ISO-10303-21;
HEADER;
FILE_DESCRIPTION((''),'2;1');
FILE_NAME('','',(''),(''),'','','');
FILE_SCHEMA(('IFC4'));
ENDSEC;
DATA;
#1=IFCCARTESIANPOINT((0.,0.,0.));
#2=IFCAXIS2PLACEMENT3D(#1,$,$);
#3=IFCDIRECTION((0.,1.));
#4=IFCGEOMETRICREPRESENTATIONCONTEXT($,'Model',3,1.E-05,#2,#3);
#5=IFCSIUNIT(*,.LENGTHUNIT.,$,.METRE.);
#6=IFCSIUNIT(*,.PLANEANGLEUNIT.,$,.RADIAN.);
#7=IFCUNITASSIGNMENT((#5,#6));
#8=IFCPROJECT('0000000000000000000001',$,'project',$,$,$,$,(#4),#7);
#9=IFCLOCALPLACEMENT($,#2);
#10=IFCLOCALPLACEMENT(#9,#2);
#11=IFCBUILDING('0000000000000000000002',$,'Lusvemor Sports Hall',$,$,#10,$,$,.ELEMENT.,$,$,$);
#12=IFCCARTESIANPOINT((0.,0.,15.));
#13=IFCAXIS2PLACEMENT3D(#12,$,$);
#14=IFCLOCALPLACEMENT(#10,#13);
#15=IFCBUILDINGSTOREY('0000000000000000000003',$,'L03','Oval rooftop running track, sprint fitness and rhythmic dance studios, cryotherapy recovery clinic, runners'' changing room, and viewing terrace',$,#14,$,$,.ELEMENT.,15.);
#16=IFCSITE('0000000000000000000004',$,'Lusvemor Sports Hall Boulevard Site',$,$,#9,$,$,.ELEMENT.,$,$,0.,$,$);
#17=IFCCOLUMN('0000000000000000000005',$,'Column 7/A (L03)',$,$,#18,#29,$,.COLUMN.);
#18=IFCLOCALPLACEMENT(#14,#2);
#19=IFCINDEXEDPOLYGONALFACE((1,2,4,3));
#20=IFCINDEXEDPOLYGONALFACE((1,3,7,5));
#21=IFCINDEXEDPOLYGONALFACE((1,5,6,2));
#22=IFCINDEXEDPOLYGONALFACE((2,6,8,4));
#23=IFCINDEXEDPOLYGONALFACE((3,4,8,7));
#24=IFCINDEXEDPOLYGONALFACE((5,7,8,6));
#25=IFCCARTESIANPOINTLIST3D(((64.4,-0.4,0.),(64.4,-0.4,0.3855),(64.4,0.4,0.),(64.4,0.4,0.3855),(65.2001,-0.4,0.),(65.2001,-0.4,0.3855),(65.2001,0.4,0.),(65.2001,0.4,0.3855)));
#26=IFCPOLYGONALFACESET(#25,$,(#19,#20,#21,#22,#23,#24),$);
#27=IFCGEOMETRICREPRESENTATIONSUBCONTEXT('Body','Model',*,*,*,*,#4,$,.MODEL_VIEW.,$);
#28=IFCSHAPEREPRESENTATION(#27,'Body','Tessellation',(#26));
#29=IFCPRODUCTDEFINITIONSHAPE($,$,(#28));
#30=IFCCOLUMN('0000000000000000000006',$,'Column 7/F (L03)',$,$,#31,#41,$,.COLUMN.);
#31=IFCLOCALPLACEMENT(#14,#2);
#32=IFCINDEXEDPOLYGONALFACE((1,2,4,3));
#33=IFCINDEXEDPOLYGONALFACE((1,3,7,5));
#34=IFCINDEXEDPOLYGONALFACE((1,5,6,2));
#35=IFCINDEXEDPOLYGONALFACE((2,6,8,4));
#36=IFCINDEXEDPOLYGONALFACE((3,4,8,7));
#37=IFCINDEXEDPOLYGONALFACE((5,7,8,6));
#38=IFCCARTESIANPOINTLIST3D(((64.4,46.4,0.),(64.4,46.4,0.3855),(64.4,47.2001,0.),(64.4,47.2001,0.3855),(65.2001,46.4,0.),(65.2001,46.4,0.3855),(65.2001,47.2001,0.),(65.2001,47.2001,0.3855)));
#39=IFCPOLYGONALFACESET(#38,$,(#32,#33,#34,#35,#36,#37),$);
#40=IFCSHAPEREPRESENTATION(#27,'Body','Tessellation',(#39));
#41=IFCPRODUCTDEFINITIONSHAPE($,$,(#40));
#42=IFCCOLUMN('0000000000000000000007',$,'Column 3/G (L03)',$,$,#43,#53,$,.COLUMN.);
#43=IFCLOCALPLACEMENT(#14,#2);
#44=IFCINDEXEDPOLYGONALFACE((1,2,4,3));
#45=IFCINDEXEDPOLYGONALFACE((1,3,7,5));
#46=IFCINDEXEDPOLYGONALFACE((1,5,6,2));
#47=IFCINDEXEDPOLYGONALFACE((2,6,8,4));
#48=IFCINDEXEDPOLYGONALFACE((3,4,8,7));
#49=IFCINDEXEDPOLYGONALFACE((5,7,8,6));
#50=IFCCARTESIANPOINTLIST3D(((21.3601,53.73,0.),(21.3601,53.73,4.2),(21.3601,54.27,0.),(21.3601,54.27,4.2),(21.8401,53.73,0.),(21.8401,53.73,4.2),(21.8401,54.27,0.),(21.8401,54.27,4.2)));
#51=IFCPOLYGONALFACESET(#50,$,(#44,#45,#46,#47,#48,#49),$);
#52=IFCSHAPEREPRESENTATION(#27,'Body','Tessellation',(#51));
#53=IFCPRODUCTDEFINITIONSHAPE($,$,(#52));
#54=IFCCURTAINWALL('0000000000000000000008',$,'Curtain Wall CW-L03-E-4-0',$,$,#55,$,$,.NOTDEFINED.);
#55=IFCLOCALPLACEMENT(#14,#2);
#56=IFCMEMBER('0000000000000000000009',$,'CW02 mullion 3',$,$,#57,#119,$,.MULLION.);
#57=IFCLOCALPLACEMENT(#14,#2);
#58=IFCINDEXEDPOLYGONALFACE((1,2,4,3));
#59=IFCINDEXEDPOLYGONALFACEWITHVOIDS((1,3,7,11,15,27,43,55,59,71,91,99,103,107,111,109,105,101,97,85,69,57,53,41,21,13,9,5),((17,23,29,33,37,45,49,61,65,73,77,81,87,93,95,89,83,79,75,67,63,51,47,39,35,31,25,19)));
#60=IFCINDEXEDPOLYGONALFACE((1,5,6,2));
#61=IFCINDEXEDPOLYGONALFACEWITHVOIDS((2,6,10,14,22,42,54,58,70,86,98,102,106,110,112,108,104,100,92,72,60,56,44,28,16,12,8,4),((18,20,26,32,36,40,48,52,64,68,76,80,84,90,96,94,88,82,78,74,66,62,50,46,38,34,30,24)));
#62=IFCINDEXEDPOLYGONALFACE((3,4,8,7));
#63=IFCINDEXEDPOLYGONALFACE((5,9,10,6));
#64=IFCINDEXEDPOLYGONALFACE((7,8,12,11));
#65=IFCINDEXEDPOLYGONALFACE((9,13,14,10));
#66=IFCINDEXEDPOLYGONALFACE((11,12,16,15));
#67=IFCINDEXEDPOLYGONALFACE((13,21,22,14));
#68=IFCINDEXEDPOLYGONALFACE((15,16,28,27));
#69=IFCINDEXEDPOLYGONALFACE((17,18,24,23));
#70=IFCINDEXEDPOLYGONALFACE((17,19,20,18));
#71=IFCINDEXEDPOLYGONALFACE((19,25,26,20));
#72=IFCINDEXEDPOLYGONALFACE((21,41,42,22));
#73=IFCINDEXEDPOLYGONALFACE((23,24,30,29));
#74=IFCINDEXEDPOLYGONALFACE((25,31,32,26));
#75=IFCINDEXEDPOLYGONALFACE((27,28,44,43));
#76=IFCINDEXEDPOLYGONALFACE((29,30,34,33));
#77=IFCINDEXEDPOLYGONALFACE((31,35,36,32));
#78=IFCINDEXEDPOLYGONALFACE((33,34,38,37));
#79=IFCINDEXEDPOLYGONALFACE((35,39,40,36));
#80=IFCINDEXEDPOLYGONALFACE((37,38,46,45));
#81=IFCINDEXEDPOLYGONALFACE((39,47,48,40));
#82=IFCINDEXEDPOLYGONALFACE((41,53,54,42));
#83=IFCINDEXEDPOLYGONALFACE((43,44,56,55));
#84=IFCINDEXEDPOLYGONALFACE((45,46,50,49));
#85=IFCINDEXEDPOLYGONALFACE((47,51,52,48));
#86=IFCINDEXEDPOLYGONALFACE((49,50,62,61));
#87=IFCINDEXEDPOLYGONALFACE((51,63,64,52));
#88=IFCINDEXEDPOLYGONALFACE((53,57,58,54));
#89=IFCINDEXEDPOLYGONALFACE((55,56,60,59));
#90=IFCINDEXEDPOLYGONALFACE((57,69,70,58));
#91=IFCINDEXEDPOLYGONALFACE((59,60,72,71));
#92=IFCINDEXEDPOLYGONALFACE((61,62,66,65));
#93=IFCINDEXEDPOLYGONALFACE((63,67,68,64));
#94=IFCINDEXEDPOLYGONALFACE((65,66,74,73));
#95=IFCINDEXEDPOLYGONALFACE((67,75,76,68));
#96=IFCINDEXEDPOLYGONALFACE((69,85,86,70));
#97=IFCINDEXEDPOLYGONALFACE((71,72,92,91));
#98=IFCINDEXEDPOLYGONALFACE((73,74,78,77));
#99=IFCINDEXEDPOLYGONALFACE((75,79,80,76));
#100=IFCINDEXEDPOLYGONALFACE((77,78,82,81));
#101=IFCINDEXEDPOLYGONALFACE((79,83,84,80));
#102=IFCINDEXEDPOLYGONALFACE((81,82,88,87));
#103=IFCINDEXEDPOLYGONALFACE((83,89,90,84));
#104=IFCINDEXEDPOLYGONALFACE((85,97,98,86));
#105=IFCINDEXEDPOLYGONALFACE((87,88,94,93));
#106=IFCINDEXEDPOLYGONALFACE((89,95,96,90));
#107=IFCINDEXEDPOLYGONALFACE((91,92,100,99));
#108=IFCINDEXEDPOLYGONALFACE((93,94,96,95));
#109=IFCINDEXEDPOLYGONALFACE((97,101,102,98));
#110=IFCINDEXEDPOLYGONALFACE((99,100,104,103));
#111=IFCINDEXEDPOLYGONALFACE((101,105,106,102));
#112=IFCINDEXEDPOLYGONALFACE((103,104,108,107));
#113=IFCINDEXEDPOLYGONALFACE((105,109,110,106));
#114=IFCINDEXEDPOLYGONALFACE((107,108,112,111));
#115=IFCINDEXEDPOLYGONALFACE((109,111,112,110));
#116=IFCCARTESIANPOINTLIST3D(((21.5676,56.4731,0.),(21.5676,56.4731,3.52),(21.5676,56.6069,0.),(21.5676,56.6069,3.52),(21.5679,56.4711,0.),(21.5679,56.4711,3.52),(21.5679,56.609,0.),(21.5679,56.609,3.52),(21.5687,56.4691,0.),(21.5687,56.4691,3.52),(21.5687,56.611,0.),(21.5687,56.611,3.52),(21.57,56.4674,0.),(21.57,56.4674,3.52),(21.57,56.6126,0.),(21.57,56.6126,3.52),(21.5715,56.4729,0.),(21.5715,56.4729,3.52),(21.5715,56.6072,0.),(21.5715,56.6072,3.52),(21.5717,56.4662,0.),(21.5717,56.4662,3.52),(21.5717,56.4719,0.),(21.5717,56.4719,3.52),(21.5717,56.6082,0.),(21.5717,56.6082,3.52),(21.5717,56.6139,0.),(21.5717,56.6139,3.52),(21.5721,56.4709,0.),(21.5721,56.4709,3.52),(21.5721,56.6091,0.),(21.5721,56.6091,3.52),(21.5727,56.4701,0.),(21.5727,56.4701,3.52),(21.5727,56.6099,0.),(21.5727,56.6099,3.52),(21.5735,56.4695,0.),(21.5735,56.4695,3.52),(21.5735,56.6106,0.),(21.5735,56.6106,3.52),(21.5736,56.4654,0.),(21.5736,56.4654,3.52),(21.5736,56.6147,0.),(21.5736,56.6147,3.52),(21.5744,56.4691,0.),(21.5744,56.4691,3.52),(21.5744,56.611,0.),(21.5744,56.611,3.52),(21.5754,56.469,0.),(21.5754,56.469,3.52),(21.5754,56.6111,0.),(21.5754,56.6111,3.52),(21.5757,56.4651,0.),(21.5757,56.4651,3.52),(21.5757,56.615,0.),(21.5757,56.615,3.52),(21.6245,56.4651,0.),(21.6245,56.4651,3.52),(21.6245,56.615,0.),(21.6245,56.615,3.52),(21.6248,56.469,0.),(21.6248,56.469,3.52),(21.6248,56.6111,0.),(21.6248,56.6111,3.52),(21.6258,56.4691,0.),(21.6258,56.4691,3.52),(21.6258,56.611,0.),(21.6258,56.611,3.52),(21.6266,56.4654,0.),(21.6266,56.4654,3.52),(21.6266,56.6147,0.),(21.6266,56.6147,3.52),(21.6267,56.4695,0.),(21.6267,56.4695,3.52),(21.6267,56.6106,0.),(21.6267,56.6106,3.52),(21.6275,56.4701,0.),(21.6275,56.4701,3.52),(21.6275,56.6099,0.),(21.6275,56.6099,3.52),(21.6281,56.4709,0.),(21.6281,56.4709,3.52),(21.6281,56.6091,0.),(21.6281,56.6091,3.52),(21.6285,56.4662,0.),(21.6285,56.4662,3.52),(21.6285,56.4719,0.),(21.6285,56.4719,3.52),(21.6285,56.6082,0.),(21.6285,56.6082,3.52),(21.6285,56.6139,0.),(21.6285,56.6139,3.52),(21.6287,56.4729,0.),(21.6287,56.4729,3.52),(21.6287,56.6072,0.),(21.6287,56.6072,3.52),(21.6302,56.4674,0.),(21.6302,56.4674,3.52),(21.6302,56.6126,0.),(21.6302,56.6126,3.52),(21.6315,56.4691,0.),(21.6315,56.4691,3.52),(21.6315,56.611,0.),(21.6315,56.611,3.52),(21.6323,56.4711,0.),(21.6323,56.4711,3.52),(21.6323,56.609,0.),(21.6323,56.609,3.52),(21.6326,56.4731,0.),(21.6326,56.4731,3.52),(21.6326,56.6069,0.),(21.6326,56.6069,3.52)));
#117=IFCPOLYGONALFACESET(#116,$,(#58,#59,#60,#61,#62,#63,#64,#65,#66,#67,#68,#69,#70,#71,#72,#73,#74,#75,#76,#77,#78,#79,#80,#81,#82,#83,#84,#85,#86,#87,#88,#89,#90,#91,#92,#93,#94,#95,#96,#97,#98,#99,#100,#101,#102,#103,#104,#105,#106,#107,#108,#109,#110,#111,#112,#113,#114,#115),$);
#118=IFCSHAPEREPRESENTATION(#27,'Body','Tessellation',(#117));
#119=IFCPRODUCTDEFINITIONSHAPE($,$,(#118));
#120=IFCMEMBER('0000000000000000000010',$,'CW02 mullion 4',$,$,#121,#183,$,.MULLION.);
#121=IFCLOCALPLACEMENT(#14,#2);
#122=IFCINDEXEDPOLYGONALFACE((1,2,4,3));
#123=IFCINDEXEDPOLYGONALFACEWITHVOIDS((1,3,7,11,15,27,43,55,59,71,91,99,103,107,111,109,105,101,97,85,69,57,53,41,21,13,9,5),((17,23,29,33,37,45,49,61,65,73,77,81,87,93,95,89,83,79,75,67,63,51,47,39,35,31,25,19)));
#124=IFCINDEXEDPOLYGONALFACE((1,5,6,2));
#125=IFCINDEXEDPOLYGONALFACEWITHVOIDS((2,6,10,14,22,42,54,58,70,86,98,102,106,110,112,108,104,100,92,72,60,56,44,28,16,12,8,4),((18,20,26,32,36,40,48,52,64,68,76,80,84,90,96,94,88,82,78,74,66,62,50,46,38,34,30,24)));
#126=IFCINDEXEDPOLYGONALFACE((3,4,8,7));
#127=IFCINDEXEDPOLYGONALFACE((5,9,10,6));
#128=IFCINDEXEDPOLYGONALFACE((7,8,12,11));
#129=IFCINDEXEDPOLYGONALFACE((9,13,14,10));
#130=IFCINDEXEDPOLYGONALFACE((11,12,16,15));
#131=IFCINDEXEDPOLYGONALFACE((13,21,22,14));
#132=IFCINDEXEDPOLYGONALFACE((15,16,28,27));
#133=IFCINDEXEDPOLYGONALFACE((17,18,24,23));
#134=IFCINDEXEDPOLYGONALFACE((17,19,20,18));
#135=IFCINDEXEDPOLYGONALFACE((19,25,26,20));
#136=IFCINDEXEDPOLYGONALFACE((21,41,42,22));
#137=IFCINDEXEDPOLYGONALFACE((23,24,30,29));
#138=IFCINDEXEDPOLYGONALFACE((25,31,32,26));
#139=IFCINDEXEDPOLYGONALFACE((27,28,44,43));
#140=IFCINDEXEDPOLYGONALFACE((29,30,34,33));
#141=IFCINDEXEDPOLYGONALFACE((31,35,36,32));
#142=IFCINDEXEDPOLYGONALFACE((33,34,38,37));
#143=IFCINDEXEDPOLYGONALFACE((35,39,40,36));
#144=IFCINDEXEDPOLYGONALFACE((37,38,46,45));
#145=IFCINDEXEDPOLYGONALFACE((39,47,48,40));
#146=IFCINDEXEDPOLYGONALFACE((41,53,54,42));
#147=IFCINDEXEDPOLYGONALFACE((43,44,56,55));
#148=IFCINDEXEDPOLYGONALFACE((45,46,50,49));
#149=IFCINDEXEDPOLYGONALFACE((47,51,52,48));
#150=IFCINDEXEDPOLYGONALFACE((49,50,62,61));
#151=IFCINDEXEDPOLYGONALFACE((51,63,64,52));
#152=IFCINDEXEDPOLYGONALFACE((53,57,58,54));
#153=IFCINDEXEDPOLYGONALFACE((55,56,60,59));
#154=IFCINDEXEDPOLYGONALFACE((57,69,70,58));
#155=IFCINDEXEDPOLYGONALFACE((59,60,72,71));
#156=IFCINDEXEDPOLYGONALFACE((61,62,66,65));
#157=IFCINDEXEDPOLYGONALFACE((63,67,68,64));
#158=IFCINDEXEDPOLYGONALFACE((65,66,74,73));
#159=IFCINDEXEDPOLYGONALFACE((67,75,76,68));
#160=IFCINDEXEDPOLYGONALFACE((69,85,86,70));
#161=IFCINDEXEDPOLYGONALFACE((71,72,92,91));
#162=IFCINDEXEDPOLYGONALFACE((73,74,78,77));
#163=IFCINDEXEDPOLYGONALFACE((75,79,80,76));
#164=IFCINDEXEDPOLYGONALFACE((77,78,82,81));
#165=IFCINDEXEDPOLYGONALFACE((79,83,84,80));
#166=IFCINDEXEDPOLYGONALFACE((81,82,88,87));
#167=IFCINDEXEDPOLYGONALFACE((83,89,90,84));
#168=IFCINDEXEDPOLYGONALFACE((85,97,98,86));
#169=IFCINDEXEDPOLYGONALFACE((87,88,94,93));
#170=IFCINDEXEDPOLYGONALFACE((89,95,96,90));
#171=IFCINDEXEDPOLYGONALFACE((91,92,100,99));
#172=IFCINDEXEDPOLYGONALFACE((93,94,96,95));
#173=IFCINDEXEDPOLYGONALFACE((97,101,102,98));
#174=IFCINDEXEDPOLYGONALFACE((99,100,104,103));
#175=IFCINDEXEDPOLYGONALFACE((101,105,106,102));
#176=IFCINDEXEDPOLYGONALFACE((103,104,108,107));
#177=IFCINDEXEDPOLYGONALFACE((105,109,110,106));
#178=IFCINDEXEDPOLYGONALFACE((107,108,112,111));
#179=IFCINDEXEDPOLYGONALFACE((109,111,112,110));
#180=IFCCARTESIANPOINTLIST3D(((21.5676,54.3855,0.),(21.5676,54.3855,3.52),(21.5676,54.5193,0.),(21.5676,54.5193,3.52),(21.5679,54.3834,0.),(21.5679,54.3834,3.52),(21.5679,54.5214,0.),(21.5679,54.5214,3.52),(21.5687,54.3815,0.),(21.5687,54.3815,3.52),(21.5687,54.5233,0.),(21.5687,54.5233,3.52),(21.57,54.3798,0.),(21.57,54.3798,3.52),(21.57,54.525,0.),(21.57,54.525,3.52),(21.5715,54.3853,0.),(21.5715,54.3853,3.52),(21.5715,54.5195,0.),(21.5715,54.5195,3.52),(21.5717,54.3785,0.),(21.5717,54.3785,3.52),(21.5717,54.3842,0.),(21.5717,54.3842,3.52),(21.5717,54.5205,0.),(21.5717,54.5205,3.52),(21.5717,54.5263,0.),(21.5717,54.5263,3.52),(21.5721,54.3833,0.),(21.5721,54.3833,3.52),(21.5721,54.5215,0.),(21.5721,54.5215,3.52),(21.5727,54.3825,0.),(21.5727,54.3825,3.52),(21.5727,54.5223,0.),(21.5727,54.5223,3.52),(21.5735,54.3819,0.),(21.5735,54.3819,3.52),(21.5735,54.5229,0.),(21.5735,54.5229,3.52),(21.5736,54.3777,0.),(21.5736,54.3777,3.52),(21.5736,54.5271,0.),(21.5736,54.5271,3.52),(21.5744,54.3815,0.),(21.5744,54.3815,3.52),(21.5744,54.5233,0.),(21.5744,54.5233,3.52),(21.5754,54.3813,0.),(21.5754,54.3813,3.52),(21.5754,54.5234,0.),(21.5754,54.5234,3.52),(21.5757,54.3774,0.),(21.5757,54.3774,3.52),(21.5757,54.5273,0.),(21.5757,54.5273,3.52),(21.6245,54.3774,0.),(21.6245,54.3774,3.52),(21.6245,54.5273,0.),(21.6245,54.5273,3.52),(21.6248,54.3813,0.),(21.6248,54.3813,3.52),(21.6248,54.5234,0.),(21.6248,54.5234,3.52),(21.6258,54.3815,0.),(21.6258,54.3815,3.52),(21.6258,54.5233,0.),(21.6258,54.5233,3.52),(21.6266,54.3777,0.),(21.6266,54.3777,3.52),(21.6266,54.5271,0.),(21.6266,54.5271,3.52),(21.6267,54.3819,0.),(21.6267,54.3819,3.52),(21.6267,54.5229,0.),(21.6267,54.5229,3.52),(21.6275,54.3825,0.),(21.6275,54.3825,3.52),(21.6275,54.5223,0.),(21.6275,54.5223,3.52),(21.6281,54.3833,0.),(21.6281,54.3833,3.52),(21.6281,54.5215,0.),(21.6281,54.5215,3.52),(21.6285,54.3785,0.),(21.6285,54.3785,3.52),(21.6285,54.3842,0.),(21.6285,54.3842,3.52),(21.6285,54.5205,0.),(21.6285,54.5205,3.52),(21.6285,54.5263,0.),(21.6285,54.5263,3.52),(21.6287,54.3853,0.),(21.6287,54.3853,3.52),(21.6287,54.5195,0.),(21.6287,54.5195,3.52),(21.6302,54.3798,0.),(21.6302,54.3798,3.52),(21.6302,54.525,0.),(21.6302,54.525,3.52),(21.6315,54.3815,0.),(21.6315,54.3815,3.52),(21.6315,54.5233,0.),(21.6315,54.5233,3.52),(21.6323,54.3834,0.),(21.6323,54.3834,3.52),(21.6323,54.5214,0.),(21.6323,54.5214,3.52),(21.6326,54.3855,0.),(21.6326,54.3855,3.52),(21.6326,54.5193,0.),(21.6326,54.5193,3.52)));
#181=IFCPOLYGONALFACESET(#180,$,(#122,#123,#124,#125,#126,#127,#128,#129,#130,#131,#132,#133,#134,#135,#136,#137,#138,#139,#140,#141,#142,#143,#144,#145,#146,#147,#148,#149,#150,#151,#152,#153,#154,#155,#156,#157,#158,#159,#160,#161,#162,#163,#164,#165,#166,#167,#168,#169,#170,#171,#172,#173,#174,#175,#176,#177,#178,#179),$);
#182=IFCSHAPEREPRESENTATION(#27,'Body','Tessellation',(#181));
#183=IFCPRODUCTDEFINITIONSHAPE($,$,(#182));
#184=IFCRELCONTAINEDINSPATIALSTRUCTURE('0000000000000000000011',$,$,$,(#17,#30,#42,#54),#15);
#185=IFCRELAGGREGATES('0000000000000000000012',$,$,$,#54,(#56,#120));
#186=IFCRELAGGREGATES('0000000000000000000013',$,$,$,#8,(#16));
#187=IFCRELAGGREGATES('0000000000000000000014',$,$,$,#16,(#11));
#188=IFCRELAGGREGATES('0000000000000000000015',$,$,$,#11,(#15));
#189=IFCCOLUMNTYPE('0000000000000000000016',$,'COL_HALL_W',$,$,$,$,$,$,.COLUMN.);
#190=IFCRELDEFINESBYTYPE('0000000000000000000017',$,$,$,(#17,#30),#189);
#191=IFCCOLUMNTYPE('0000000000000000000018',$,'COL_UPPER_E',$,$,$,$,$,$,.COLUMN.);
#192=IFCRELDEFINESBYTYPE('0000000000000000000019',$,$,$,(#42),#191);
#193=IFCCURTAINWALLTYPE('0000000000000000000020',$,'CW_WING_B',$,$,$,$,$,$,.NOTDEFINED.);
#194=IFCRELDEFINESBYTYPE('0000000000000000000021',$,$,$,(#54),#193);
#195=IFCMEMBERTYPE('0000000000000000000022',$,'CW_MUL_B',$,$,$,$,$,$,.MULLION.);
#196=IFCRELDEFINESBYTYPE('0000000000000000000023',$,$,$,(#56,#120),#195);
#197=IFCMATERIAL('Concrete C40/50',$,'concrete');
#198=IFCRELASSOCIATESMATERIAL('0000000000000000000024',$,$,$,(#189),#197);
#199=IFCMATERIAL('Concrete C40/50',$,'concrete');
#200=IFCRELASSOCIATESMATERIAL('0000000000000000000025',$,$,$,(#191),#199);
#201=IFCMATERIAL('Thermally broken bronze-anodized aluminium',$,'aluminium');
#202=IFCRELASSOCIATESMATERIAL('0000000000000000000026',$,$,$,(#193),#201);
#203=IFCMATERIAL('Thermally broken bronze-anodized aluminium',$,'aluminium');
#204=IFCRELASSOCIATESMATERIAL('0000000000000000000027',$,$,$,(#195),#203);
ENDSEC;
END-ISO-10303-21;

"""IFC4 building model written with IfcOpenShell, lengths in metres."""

from ifc_helpers import new_model, si_unit, direction, frame, origin, origin_2d, place, context, subcontext, project, spatial, rectangle, hollow_rectangle, extrude, material, material_profile, profile_set, type_object, element, aggregate, save


model = new_model("IFC4")

# Units and contexts
model_context = context("Model", 3, precision=1e-05, world=origin(), true_north=direction((0.0, 1.0)))
body_context = subcontext(model_context, "Body", "Model", "MODEL_VIEW")
ifc_project = project(units=[si_unit("LENGTHUNIT", "METRE"), si_unit("PLANEANGLEUNIT", "RADIAN")], contexts=[model_context])

# Site, building, storey
site_placement = place(None, origin())
site = spatial("IfcSite", under=ifc_project, at=site_placement, Name="Lusvemor Sports Hall Boulevard Site", CompositionType="ELEMENT", RefElevation=0.0)
building_placement = place(site_placement, origin())
building = spatial("IfcBuilding", under=site, at=building_placement, Name="Lusvemor Sports Hall", CompositionType="ELEMENT")
storey_placement = place(building_placement, frame((0.0, 0.0, 15.0)))
storey = spatial("IfcBuildingStorey", under=building, at=storey_placement, Name="L03", Description="Oval rooftop running track, sprint fitness and rhythmic dance studios, cryotherapy recovery clinic, runners' changing room, and viewing terrace", CompositionType="ELEMENT", Elevation=15.0)

# Columns
ifc_material_1 = material(Name="Concrete C40/50", Category="concrete")
ifc_material_profile_1 = material_profile(ifc_material_1, rectangle(XDim=0.8, YDim=0.8, at=origin_2d()), Name="RC800x800")
ifc_profile_set_1 = profile_set([ifc_material_profile_1], Name="Concrete C40/50")
column_type_1 = type_object("IfcColumnType", Name="COL_HALL_W", PredefinedType="COLUMN", material=ifc_profile_set_1)
for number, where, z_axis, x_axis, name in (
    (1, (64.8, 0.0, 0.0), (0.0, 0.0, 1.0), (1.0, 0.0, 0.0), "Column 7/A (L03)"),
    (2, (64.8, 46.8, 0.0), (0.0, 0.0, 1.0), (1.0, 0.0, 0.0), "Column 7/F (L03)"),
):
    element("IfcColumn", number, at=place(storey_placement, frame(where, z_axis=z_axis, x_axis=x_axis)), inside=storey, type_object=column_type_1, Name=name, PredefinedType="COLUMN", context=body_context, shape_type="SweptSolid", body=[
        extrude(rectangle(XDim=0.8, YDim=0.8, at=origin_2d()), origin(), (0.0, 0.0, 1.0), 0.3855),
    ])
ifc_material_2 = material(Name="Concrete C40/50", Category="concrete")
ifc_material_profile_2 = material_profile(ifc_material_2, rectangle(XDim=0.48, YDim=0.54, at=origin_2d()), Name="RC480x540")
ifc_profile_set_2 = profile_set([ifc_material_profile_2], Name="Concrete C40/50")
column_type_2 = type_object("IfcColumnType", Name="COL_UPPER_E", PredefinedType="COLUMN", material=ifc_profile_set_2)
column_placement = place(storey_placement, frame((21.6001, 54.0, 0.0), z_axis=(0.0, 0.0, 1.0), x_axis=(1.0, 0.0, 0.0)))
element("IfcColumn", 3, at=column_placement, inside=storey, type_object=column_type_2, Name="Column 3/G (L03)", PredefinedType="COLUMN", context=body_context, shape_type="SweptSolid", body=[
    extrude(rectangle(XDim=0.48, YDim=0.54, at=origin_2d()), origin(), (0.0, 0.0, 1.0), 4.2),
])

# Curtain wall, members
ifc_material_3 = material(Name="Thermally broken bronze-anodized aluminium", Category="aluminium")
curtain_wall_type = type_object("IfcCurtainWallType", Name="CW_WING_B", PredefinedType="NOTDEFINED", material=ifc_material_3)
curtain_wall_placement = place(storey_placement, origin())
curtain_wall = element("IfcCurtainWall", 4, at=curtain_wall_placement, inside=storey, type_object=curtain_wall_type, Name="Curtain Wall CW-L03-E-4-0", PredefinedType="NOTDEFINED")
ifc_material_4 = material(Name="Thermally broken bronze-anodized aluminium", Category="aluminium")
ifc_material_profile_3 = material_profile(ifc_material_4, hollow_rectangle(XDim=0.0649, YDim=0.1499, WallThickness=0.0039, InnerFilletRadius=0.0039, OuterFilletRadius=0.0081, at=origin_2d()), Name="CWMUL150x65x4")
ifc_profile_set_3 = profile_set([ifc_material_profile_3], Name="Thermally broken bronze-anodized aluminium")
member_type_1 = type_object("IfcMemberType", Name="CW_MUL_B", PredefinedType="MULLION", material=ifc_profile_set_3)
member_1_placement = place(storey_placement, frame((21.6001, 56.54, 0.0), z_axis=(0.0, 0.0, 1.0), x_axis=(1.0, 0.0, 0.0)))
member_1 = element("IfcMember", 5, at=member_1_placement, type_object=member_type_1, Name="CW02 mullion 3", PredefinedType="MULLION", context=body_context, shape_type="SweptSolid", body=[
    extrude(hollow_rectangle(XDim=0.0649, YDim=0.1499, WallThickness=0.0039, InnerFilletRadius=0.0039, OuterFilletRadius=0.0081, at=origin_2d()), origin(), (0.0, 0.0, 1.0), 3.52),
])
member_2_placement = place(storey_placement, frame((21.6001, 54.4524, 0.0), z_axis=(0.0, 0.0, 1.0), x_axis=(1.0, 0.0, 0.0)))
member_2 = element("IfcMember", 6, at=member_2_placement, type_object=member_type_1, Name="CW02 mullion 4", PredefinedType="MULLION", context=body_context, shape_type="SweptSolid", body=[
    extrude(hollow_rectangle(XDim=0.0649, YDim=0.1499, WallThickness=0.0039, InnerFilletRadius=0.0039, OuterFilletRadius=0.0081, at=origin_2d()), origin(), (0.0, 0.0, 1.0), 3.52),
])

aggregate(curtain_wall, [member_1, member_2])

save(model, "model.ifc")
